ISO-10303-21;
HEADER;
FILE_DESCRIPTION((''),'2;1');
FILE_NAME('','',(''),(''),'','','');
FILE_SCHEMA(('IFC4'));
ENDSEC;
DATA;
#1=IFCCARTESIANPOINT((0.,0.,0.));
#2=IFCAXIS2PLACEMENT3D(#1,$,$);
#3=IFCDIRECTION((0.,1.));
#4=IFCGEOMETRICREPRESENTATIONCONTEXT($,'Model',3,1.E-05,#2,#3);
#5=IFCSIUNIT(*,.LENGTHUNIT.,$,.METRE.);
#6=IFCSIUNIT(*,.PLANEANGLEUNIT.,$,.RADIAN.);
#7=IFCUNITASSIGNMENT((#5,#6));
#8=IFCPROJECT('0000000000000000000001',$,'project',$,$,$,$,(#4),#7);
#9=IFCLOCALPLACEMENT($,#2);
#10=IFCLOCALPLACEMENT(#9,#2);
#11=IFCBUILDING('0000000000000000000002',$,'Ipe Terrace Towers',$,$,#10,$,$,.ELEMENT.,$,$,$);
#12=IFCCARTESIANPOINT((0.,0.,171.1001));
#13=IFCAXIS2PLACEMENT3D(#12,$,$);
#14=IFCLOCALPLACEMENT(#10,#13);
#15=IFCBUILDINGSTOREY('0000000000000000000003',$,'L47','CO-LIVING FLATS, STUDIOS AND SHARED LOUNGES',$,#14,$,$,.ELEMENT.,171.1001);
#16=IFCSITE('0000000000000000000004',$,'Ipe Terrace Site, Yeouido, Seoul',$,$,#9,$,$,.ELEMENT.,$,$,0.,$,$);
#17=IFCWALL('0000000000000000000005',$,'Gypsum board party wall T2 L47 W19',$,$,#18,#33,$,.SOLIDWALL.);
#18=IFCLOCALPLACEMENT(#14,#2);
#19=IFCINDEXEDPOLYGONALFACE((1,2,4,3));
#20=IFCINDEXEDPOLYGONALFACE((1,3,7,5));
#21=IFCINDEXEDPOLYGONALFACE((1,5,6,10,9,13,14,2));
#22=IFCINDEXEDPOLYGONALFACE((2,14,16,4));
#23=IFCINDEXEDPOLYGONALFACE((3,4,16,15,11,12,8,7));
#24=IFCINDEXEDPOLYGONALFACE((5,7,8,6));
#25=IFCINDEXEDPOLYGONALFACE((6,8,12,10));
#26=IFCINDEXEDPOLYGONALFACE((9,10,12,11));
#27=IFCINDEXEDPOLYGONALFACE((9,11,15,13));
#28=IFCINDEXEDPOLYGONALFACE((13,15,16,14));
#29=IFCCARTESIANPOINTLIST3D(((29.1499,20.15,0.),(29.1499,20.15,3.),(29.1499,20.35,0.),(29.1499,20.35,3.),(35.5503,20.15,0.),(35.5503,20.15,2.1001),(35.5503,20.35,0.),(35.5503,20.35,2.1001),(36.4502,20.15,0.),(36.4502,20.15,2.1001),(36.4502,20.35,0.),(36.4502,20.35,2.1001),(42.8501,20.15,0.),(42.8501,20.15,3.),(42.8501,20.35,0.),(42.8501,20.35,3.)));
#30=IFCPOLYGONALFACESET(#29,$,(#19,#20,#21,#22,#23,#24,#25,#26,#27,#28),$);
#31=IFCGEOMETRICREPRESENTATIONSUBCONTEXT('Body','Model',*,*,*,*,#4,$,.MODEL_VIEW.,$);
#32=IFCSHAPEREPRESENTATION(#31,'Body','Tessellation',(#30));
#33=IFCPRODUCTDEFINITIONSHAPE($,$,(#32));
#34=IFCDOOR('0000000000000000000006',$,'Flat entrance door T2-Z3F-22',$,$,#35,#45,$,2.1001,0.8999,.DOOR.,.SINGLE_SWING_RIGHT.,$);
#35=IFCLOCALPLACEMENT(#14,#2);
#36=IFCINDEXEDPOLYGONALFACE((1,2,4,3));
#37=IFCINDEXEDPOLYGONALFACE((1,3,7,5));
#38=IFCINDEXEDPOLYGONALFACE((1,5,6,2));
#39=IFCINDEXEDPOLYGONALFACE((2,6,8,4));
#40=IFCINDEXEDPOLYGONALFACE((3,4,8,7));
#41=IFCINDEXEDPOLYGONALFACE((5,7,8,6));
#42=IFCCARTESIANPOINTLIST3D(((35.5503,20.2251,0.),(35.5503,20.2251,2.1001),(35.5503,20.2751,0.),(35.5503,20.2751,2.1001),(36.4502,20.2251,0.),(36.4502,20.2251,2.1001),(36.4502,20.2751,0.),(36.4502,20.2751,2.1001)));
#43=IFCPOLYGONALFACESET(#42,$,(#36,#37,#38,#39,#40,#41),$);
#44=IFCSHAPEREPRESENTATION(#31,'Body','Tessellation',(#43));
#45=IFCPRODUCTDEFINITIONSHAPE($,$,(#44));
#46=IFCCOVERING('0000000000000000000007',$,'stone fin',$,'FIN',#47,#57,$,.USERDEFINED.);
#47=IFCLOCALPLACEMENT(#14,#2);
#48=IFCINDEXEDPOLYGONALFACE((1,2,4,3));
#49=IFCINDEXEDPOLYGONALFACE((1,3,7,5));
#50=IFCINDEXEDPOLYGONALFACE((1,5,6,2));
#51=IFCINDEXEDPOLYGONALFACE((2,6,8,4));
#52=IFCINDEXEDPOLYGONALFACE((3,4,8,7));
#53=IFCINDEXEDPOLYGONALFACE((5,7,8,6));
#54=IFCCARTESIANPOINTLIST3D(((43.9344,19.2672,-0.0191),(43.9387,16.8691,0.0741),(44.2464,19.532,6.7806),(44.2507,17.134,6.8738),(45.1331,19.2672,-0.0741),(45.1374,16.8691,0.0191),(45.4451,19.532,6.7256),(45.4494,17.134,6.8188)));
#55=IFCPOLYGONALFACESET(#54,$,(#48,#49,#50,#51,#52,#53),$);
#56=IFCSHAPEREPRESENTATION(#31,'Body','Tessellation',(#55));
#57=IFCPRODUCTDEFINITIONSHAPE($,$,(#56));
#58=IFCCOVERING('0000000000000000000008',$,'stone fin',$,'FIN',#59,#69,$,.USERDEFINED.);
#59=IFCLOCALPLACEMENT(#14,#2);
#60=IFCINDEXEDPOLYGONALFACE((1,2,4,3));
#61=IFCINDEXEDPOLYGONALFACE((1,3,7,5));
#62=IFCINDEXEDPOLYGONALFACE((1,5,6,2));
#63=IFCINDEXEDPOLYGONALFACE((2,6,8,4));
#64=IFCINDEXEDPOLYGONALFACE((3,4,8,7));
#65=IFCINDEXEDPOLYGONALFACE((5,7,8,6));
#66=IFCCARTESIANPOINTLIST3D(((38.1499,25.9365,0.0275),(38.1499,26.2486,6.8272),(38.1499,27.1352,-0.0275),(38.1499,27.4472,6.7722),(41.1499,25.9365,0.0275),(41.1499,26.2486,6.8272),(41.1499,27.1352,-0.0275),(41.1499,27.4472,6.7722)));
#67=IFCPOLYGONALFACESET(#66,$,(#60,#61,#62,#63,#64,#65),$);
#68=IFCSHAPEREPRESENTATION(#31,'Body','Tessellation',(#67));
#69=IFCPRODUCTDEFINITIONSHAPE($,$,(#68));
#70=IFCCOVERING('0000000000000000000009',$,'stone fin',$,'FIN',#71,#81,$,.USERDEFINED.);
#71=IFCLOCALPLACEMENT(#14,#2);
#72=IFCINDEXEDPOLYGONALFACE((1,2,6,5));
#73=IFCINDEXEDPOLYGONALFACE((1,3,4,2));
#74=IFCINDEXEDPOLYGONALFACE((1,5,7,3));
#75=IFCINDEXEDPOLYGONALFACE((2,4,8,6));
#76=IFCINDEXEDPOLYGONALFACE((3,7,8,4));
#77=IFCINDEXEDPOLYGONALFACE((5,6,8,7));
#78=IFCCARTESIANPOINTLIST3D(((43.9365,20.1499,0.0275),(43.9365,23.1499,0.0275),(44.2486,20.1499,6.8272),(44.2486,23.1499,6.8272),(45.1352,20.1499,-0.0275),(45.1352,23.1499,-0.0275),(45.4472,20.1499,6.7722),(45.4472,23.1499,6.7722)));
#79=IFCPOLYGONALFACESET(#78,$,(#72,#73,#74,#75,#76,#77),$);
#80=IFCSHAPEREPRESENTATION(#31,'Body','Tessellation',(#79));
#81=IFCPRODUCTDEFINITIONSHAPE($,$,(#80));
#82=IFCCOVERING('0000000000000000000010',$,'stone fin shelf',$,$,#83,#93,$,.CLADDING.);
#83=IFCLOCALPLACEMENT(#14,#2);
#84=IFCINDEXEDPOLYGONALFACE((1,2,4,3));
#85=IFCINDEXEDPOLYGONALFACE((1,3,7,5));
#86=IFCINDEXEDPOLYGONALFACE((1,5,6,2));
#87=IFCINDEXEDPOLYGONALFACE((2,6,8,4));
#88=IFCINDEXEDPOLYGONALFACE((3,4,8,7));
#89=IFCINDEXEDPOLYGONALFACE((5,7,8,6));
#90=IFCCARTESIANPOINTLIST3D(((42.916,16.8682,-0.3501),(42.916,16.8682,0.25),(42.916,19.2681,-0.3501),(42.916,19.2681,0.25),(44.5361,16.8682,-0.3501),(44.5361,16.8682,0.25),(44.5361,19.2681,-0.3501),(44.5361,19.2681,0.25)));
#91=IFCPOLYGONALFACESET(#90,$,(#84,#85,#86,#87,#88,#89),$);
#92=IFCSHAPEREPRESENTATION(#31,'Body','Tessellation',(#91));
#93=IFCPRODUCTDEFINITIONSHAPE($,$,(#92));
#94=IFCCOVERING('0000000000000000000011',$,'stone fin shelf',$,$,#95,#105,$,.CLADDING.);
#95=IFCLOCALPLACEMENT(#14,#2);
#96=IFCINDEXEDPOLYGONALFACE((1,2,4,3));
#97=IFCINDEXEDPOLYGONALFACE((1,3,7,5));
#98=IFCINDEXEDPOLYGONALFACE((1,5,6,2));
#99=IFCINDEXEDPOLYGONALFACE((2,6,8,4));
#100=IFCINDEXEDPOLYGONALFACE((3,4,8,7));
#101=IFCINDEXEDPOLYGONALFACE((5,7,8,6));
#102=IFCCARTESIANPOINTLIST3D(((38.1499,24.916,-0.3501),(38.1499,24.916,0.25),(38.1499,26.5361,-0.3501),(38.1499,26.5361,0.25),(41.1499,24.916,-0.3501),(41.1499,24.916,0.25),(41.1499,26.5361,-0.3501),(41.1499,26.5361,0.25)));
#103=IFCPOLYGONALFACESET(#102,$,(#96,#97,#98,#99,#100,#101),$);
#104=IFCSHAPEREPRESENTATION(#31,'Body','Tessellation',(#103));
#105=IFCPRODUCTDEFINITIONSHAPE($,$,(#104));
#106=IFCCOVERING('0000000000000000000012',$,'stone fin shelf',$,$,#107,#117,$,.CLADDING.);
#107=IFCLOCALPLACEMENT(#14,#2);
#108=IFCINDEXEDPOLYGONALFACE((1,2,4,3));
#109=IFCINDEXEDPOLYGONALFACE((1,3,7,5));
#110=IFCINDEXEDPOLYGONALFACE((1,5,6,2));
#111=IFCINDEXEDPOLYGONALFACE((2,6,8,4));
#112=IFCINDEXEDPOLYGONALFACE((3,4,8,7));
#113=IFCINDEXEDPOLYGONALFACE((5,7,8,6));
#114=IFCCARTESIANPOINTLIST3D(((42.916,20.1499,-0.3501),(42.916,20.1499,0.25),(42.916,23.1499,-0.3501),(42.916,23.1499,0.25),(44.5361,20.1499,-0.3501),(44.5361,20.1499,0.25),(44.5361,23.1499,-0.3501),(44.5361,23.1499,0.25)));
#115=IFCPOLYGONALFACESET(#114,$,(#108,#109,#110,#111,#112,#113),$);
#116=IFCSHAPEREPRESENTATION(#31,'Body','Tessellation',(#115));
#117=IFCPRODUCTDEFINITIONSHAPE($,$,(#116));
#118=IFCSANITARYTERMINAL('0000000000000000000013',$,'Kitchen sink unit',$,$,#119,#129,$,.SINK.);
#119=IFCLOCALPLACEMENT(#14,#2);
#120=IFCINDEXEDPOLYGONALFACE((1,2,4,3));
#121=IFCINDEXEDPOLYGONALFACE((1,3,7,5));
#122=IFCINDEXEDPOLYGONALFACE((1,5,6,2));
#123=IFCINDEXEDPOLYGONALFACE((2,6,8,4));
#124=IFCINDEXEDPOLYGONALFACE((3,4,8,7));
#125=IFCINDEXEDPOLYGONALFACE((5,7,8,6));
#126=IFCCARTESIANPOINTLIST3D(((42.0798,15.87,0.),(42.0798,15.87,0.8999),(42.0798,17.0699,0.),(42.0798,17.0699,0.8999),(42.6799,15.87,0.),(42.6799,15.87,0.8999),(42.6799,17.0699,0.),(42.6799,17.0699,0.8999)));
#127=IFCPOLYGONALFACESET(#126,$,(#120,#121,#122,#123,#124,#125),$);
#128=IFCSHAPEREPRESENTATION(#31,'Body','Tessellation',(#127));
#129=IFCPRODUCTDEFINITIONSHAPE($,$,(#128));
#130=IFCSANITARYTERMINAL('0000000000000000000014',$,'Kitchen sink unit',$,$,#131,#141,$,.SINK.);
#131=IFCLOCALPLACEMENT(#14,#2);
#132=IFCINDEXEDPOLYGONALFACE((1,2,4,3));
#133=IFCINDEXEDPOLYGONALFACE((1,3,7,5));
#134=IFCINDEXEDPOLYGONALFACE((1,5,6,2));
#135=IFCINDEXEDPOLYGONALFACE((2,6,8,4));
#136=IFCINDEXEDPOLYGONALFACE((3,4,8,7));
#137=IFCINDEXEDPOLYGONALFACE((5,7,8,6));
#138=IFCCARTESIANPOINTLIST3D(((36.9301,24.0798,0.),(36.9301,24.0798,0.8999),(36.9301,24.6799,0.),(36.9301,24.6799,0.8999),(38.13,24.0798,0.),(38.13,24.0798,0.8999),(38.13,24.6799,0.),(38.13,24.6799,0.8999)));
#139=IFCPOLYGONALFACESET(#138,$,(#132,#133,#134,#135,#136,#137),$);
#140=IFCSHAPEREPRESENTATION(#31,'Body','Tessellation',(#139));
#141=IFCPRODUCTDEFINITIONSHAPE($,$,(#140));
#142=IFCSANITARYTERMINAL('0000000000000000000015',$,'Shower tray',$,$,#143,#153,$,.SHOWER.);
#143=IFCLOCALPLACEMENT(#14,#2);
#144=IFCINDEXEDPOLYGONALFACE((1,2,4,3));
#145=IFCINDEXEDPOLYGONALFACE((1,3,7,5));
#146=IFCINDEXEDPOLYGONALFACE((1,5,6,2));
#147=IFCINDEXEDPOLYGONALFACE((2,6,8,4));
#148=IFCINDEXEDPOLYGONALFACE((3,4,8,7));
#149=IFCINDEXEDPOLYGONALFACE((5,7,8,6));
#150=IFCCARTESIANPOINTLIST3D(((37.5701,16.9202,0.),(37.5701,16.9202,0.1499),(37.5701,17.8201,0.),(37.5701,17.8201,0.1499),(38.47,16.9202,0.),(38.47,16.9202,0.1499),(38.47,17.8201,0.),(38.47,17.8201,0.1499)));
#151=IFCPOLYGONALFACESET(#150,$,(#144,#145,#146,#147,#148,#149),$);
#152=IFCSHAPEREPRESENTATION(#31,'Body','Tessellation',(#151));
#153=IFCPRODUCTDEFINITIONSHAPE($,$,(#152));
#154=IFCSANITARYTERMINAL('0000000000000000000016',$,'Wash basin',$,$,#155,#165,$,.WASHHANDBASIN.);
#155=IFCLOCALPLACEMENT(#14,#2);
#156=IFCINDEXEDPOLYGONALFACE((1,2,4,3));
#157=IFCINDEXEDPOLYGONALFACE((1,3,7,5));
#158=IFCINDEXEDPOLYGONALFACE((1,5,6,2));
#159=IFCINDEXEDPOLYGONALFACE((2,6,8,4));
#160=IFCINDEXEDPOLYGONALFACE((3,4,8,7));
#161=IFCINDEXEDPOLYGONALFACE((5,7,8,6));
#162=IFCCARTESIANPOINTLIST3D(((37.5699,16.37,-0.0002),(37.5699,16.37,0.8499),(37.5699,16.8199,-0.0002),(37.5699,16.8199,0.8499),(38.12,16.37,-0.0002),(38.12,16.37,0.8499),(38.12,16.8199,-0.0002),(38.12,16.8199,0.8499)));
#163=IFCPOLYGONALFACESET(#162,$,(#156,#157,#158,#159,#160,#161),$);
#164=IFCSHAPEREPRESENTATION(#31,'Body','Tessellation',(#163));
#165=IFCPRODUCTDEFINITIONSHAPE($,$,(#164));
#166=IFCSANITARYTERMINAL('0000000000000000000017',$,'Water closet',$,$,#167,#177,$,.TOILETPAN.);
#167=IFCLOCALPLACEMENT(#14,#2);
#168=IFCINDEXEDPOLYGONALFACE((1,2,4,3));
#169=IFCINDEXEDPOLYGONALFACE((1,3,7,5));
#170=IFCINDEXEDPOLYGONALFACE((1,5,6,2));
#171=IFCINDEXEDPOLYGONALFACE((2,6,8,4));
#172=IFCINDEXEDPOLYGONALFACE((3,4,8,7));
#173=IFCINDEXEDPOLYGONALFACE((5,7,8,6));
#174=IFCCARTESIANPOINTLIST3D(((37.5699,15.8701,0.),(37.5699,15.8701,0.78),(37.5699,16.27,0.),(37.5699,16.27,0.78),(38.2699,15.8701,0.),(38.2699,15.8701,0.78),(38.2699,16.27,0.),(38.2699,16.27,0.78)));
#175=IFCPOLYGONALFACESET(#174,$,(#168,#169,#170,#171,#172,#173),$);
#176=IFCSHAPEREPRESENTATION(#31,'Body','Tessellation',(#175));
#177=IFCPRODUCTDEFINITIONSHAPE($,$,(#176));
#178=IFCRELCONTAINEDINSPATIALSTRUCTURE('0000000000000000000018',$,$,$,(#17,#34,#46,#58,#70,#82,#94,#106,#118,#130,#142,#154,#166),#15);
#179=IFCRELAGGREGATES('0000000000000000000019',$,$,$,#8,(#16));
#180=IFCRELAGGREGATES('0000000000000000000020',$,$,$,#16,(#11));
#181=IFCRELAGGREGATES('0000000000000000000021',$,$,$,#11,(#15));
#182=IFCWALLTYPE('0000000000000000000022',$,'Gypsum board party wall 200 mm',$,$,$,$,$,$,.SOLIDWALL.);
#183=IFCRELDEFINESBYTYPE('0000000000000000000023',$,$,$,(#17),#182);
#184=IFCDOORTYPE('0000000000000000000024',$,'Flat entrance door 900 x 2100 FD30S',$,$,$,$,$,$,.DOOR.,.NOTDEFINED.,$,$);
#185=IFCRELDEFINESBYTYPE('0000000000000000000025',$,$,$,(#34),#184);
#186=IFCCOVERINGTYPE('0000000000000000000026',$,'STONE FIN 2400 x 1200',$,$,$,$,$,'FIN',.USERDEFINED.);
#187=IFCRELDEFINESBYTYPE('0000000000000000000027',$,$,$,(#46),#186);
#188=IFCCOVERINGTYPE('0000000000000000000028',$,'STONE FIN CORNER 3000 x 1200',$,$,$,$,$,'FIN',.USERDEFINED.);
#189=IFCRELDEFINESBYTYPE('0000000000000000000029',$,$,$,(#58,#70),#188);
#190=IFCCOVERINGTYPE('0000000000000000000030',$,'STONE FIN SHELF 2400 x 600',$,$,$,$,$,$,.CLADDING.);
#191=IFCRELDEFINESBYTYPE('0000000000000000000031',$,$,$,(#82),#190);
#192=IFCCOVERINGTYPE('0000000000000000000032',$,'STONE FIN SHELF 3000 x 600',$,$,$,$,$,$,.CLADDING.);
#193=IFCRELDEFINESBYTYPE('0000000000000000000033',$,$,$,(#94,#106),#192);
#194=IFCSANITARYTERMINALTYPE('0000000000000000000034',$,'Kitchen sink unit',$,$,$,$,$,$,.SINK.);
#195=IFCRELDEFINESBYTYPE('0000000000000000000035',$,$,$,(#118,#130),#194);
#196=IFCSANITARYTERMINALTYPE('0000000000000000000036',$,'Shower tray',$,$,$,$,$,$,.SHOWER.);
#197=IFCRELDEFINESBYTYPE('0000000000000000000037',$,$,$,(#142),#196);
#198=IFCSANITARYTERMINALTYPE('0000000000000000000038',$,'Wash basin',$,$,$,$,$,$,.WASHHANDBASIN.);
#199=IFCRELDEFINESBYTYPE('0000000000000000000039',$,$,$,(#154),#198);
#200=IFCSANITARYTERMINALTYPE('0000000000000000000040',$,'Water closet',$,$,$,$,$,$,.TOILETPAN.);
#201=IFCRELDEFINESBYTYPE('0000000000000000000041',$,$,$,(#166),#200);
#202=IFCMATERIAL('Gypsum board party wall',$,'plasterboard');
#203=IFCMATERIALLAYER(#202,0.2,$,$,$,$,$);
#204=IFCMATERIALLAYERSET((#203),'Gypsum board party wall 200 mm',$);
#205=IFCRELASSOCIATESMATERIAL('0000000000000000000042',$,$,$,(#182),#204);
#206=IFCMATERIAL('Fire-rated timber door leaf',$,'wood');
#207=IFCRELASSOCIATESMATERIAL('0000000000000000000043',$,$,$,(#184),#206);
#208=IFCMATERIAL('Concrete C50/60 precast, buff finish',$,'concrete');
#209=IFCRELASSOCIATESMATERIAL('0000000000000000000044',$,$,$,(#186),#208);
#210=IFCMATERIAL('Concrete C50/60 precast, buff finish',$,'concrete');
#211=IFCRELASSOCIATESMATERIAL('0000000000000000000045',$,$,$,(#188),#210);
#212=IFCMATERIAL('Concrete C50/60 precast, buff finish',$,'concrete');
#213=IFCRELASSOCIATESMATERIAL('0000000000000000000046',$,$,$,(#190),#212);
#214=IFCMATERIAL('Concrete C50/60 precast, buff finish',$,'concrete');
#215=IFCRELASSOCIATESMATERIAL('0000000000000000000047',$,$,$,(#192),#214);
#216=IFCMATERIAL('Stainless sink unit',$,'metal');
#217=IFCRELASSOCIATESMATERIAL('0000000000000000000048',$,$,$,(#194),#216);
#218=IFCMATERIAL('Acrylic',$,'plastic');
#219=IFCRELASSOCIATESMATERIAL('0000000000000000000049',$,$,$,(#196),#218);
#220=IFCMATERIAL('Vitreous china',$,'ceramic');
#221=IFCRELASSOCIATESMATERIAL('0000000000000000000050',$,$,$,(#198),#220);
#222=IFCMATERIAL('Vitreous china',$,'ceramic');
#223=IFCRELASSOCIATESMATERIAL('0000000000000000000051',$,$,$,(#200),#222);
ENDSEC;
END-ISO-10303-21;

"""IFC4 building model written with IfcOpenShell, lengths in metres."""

from ifc_helpers import new_model, si_unit, direction, frame, frame_2d, origin, origin_2d, place, context, subcontext, project, spatial, rectangle, extrude, material, layer, layer_set, material_profile, profile_set, type_object, element, fill, save


model = new_model("IFC4")

# Units and contexts
model_context = context("Model", 3, precision=1e-05, world=origin(), true_north=direction((0.0, 1.0)))
body_context = subcontext(model_context, "Body", "Model", "MODEL_VIEW")
ifc_project = project(units=[si_unit("LENGTHUNIT", "METRE"), si_unit("PLANEANGLEUNIT", "RADIAN")], contexts=[model_context])

# Site, building, storey
site_placement = place(None, origin())
site = spatial("IfcSite", under=ifc_project, at=site_placement, Name="Ipe Terrace Site, Yeouido, Seoul", CompositionType="ELEMENT", RefElevation=0.0)
building_placement = place(site_placement, origin())
building = spatial("IfcBuilding", under=site, at=building_placement, Name="Ipe Terrace Towers", CompositionType="ELEMENT")
storey_placement = place(building_placement, frame((0.0, 0.0, 171.1001)))
storey = spatial("IfcBuildingStorey", under=building, at=storey_placement, Name="L47", Description="CO-LIVING FLATS, STUDIOS AND SHARED LOUNGES", CompositionType="ELEMENT", Elevation=171.1001)

# Wall, opening, door
ifc_material_1 = material(Name="Gypsum board party wall", Category="plasterboard")
ifc_layer_1 = layer(ifc_material_1, 0.2)
ifc_layer_set_1 = layer_set([ifc_layer_1], Name="Gypsum board party wall 200 mm")
wall_type_1 = type_object("IfcWallType", Name="Gypsum board party wall 200 mm", PredefinedType="SOLIDWALL", material=ifc_layer_set_1)
wall_1_placement = place(storey_placement, frame((42.8501, 20.25, 0.0), z_axis=(0.0, 0.0, 1.0), x_axis=(-1.0, 0.0, 0.0)))
wall_1 = element("IfcWall", 1, at=wall_1_placement, inside=storey, type_object=wall_type_1, Name="Gypsum board party wall T2 L47 W19", PredefinedType="SOLIDWALL", context=body_context, shape_type="SweptSolid", body=[
    extrude(rectangle(XDim=13.7002, YDim=0.2, at=frame_2d((6.8501, 0.0))), origin(), (0.0, 0.0, 1.0), 3.0),
])
opening_1_placement = place(wall_1_placement, frame((6.3999, 0.0, 0.0)))
opening_1 = element("IfcOpeningElement", 2, at=opening_1_placement, cuts=wall_1, PredefinedType="OPENING", context=body_context, shape_type="SweptSolid", body=[
    extrude(rectangle(XDim=0.8999, YDim=2.1001, at=frame_2d((0.45, 1.05))), frame((0.0, 0.1099, 0.0), z_axis=(0.0, -1.0, 0.0), x_axis=(1.0, 0.0, 0.0)), (0.0, 0.0, 1.0), 0.22),
])
ifc_material_2 = material(Name="Fire-rated timber door leaf", Category="wood")
door_type_1 = type_object("IfcDoorType", Name="Flat entrance door 900 x 2100 FD30S", OperationType="NOTDEFINED", PredefinedType="DOOR", material=ifc_material_2)
door_1_placement = place(opening_1_placement, origin())
door_1 = element("IfcDoor", 3, at=door_1_placement, inside=storey, type_object=door_type_1, Name="Flat entrance door T2-Z3F-22", OperationType="SINGLE_SWING_RIGHT", OverallHeight=2.1001, OverallWidth=0.8999, PredefinedType="DOOR", context=body_context, shape_type="SweptSolid", body=[
    extrude(rectangle(XDim=0.8999, YDim=2.1001, at=frame_2d((0.45, 1.05))), frame((0.0, 0.0249, 0.0), z_axis=(0.0, -1.0, 0.0), x_axis=(1.0, 0.0, 0.0)), (0.0, 0.0, 1.0), 0.05),
])
fill(opening_1, door_1)

# Coverings
ifc_material_3 = material(Name="Concrete C50/60 precast, buff finish", Category="concrete")
ifc_material_profile_1 = material_profile(ifc_material_3, rectangle(XDim=2.3999, YDim=1.2, at=origin_2d()), Name="STONE FIN 2400 x 1200")
ifc_profile_set_1 = profile_set([ifc_material_profile_1], Name="Concrete C50/60 precast, buff finish")
covering_type_1 = type_object("IfcCoveringType", Name="STONE FIN 2400 x 1200", ElementType="FIN", PredefinedType="USERDEFINED", material=ifc_profile_set_1)
covering_1_placement = place(storey_placement, frame((44.5359, 18.0681, 0.0), z_axis=(0.045802, 0.038886, 0.998193), x_axis=(-0.001782, 0.999244, -0.038845)))
element("IfcCovering", 4, at=covering_1_placement, inside=storey, type_object=covering_type_1, Name="stone fin", ObjectType="FIN", PredefinedType="USERDEFINED", context=body_context, shape_type="SweptSolid", body=[
    extrude(rectangle(XDim=2.3999, YDim=1.2, at=origin_2d()), origin(), (0.0, 0.0, 1.0), 6.812),
])
ifc_material_4 = material(Name="Concrete C50/60 precast, buff finish", Category="concrete")
ifc_material_profile_2 = material_profile(ifc_material_4, rectangle(XDim=3.0, YDim=1.2, at=origin_2d()), Name="STONE FIN CORNER 3000 x 1200")
ifc_profile_set_2 = profile_set([ifc_material_profile_2], Name="Concrete C50/60 precast, buff finish")
covering_type_2 = type_object("IfcCoveringType", Name="STONE FIN CORNER 3000 x 1200", ElementType="FIN", PredefinedType="USERDEFINED", material=ifc_profile_set_2)
for number, where, z_axis, x_axis, name in (
    (5, (39.6499, 26.5359, 0.0), (0.0, 0.045837, 0.998949), (-1.0, 0.0, 0.0), "stone fin"),
    (6, (44.5359, 21.6499, 0.0), (0.045837, 0.0, 0.998949), (0.0, 1.0, 0.0), "stone fin"),
):
    element("IfcCovering", number, at=place(storey_placement, frame(where, z_axis=z_axis, x_axis=x_axis)), inside=storey, type_object=covering_type_2, Name=name, ObjectType="FIN", PredefinedType="USERDEFINED", context=body_context, shape_type="SweptSolid", body=[
        extrude(rectangle(XDim=3.0, YDim=1.2, at=origin_2d()), origin(), (0.0, 0.0, 1.0), 6.8069),
    ])
ifc_material_5 = material(Name="Concrete C50/60 precast, buff finish", Category="concrete")
covering_type_3 = type_object("IfcCoveringType", Name="STONE FIN SHELF 2400 x 600", PredefinedType="CLADDING", material=ifc_material_5)
covering_2_placement = place(storey_placement, frame((43.7261, 18.0681, -0.3501), z_axis=(0.0, 0.0, 1.0), x_axis=(0.0, 1.0, 0.0)))
element("IfcCovering", 7, at=covering_2_placement, inside=storey, type_object=covering_type_3, Name="stone fin shelf", PredefinedType="CLADDING", context=body_context, shape_type="SweptSolid", body=[
    extrude(rectangle(XDim=2.3999, YDim=1.6201, at=origin_2d()), origin(), (0.0, 0.0, 1.0), 0.6001),
])
ifc_material_6 = material(Name="Concrete C50/60 precast, buff finish", Category="concrete")
covering_type_4 = type_object("IfcCoveringType", Name="STONE FIN SHELF 3000 x 600", PredefinedType="CLADDING", material=ifc_material_6)
for number, where, z_axis, x_axis, name in (
    (8, (39.6499, 25.7261, -0.3501), (0.0, 0.0, 1.0), (-1.0, 0.0, 0.0), "stone fin shelf"),
    (9, (43.7261, 21.6499, -0.3501), (0.0, 0.0, 1.0), (0.0, 1.0, 0.0), "stone fin shelf"),
):
    element("IfcCovering", number, at=place(storey_placement, frame(where, z_axis=z_axis, x_axis=x_axis)), inside=storey, type_object=covering_type_4, Name=name, PredefinedType="CLADDING", context=body_context, shape_type="SweptSolid", body=[
        extrude(rectangle(XDim=3.0, YDim=1.6201, at=origin_2d()), origin(), (0.0, 0.0, 1.0), 0.6001),
    ])

# Sanitary terminals
ifc_material_7 = material(Name="Stainless sink unit", Category="metal")
sanitary_terminal_type_1 = type_object("IfcSanitaryTerminalType", Name="Kitchen sink unit", PredefinedType="SINK", material=ifc_material_7)
for number, where, z_axis, x_axis, name in (
    (10, (42.3799, 16.47, 0.0), (0.0, 0.0, 1.0), (0.0, -1.0, 0.0), "Kitchen sink unit"),
    (11, (37.53, 24.3799, 0.0), (0.0, 0.0, 1.0), (1.0, 0.0, 0.0), "Kitchen sink unit"),
):
    element("IfcSanitaryTerminal", number, at=place(storey_placement, frame(where, z_axis=z_axis, x_axis=x_axis)), inside=storey, type_object=sanitary_terminal_type_1, Name=name, PredefinedType="SINK", context=body_context, shape_type="SweptSolid", body=[
        extrude(rectangle(XDim=1.2, YDim=0.6001, at=origin_2d()), origin(), (0.0, 0.0, 1.0), 0.8999),
    ])
ifc_material_8 = material(Name="Acrylic", Category="plastic")
sanitary_terminal_type_2 = type_object("IfcSanitaryTerminalType", Name="Shower tray", PredefinedType="SHOWER", material=ifc_material_8)
sanitary_terminal_1_placement = place(storey_placement, frame((38.02, 17.3701, 0.0), z_axis=(0.0, 0.0, 1.0), x_axis=(1.0, 0.0, 0.0)))
element("IfcSanitaryTerminal", 12, at=sanitary_terminal_1_placement, inside=storey, type_object=sanitary_terminal_type_2, Name="Shower tray", PredefinedType="SHOWER", context=body_context, shape_type="SweptSolid", body=[
    extrude(rectangle(XDim=0.8999, YDim=0.8999, at=origin_2d()), origin(), (0.0, 0.0, 1.0), 0.1499),
])
ifc_material_9 = material(Name="Vitreous china", Category="ceramic")
sanitary_terminal_type_3 = type_object("IfcSanitaryTerminalType", Name="Wash basin", PredefinedType="WASHHANDBASIN", material=ifc_material_9)
sanitary_terminal_2_placement = place(storey_placement, frame((37.845, 16.595, -0.0002), z_axis=(0.0, 0.0, 1.0), x_axis=(1.0, 0.0, 0.0)))
element("IfcSanitaryTerminal", 13, at=sanitary_terminal_2_placement, inside=storey, type_object=sanitary_terminal_type_3, Name="Wash basin", PredefinedType="WASHHANDBASIN", context=body_context, shape_type="SweptSolid", body=[
    extrude(rectangle(XDim=0.55, YDim=0.45, at=origin_2d()), origin(), (0.0, 0.0, 1.0), 0.8501),
])
ifc_material_10 = material(Name="Vitreous china", Category="ceramic")
sanitary_terminal_type_4 = type_object("IfcSanitaryTerminalType", Name="Water closet", PredefinedType="TOILETPAN", material=ifc_material_10)
sanitary_terminal_3_placement = place(storey_placement, frame((37.9199, 16.0701, 0.0), z_axis=(0.0, 0.0, 1.0), x_axis=(1.0, 0.0, 0.0)))
element("IfcSanitaryTerminal", 14, at=sanitary_terminal_3_placement, inside=storey, type_object=sanitary_terminal_type_4, Name="Water closet", PredefinedType="TOILETPAN", context=body_context, shape_type="SweptSolid", body=[
    extrude(rectangle(XDim=0.7, YDim=0.3999, at=origin_2d()), origin(), (0.0, 0.0, 1.0), 0.78),
])

save(model, "model.ifc")
